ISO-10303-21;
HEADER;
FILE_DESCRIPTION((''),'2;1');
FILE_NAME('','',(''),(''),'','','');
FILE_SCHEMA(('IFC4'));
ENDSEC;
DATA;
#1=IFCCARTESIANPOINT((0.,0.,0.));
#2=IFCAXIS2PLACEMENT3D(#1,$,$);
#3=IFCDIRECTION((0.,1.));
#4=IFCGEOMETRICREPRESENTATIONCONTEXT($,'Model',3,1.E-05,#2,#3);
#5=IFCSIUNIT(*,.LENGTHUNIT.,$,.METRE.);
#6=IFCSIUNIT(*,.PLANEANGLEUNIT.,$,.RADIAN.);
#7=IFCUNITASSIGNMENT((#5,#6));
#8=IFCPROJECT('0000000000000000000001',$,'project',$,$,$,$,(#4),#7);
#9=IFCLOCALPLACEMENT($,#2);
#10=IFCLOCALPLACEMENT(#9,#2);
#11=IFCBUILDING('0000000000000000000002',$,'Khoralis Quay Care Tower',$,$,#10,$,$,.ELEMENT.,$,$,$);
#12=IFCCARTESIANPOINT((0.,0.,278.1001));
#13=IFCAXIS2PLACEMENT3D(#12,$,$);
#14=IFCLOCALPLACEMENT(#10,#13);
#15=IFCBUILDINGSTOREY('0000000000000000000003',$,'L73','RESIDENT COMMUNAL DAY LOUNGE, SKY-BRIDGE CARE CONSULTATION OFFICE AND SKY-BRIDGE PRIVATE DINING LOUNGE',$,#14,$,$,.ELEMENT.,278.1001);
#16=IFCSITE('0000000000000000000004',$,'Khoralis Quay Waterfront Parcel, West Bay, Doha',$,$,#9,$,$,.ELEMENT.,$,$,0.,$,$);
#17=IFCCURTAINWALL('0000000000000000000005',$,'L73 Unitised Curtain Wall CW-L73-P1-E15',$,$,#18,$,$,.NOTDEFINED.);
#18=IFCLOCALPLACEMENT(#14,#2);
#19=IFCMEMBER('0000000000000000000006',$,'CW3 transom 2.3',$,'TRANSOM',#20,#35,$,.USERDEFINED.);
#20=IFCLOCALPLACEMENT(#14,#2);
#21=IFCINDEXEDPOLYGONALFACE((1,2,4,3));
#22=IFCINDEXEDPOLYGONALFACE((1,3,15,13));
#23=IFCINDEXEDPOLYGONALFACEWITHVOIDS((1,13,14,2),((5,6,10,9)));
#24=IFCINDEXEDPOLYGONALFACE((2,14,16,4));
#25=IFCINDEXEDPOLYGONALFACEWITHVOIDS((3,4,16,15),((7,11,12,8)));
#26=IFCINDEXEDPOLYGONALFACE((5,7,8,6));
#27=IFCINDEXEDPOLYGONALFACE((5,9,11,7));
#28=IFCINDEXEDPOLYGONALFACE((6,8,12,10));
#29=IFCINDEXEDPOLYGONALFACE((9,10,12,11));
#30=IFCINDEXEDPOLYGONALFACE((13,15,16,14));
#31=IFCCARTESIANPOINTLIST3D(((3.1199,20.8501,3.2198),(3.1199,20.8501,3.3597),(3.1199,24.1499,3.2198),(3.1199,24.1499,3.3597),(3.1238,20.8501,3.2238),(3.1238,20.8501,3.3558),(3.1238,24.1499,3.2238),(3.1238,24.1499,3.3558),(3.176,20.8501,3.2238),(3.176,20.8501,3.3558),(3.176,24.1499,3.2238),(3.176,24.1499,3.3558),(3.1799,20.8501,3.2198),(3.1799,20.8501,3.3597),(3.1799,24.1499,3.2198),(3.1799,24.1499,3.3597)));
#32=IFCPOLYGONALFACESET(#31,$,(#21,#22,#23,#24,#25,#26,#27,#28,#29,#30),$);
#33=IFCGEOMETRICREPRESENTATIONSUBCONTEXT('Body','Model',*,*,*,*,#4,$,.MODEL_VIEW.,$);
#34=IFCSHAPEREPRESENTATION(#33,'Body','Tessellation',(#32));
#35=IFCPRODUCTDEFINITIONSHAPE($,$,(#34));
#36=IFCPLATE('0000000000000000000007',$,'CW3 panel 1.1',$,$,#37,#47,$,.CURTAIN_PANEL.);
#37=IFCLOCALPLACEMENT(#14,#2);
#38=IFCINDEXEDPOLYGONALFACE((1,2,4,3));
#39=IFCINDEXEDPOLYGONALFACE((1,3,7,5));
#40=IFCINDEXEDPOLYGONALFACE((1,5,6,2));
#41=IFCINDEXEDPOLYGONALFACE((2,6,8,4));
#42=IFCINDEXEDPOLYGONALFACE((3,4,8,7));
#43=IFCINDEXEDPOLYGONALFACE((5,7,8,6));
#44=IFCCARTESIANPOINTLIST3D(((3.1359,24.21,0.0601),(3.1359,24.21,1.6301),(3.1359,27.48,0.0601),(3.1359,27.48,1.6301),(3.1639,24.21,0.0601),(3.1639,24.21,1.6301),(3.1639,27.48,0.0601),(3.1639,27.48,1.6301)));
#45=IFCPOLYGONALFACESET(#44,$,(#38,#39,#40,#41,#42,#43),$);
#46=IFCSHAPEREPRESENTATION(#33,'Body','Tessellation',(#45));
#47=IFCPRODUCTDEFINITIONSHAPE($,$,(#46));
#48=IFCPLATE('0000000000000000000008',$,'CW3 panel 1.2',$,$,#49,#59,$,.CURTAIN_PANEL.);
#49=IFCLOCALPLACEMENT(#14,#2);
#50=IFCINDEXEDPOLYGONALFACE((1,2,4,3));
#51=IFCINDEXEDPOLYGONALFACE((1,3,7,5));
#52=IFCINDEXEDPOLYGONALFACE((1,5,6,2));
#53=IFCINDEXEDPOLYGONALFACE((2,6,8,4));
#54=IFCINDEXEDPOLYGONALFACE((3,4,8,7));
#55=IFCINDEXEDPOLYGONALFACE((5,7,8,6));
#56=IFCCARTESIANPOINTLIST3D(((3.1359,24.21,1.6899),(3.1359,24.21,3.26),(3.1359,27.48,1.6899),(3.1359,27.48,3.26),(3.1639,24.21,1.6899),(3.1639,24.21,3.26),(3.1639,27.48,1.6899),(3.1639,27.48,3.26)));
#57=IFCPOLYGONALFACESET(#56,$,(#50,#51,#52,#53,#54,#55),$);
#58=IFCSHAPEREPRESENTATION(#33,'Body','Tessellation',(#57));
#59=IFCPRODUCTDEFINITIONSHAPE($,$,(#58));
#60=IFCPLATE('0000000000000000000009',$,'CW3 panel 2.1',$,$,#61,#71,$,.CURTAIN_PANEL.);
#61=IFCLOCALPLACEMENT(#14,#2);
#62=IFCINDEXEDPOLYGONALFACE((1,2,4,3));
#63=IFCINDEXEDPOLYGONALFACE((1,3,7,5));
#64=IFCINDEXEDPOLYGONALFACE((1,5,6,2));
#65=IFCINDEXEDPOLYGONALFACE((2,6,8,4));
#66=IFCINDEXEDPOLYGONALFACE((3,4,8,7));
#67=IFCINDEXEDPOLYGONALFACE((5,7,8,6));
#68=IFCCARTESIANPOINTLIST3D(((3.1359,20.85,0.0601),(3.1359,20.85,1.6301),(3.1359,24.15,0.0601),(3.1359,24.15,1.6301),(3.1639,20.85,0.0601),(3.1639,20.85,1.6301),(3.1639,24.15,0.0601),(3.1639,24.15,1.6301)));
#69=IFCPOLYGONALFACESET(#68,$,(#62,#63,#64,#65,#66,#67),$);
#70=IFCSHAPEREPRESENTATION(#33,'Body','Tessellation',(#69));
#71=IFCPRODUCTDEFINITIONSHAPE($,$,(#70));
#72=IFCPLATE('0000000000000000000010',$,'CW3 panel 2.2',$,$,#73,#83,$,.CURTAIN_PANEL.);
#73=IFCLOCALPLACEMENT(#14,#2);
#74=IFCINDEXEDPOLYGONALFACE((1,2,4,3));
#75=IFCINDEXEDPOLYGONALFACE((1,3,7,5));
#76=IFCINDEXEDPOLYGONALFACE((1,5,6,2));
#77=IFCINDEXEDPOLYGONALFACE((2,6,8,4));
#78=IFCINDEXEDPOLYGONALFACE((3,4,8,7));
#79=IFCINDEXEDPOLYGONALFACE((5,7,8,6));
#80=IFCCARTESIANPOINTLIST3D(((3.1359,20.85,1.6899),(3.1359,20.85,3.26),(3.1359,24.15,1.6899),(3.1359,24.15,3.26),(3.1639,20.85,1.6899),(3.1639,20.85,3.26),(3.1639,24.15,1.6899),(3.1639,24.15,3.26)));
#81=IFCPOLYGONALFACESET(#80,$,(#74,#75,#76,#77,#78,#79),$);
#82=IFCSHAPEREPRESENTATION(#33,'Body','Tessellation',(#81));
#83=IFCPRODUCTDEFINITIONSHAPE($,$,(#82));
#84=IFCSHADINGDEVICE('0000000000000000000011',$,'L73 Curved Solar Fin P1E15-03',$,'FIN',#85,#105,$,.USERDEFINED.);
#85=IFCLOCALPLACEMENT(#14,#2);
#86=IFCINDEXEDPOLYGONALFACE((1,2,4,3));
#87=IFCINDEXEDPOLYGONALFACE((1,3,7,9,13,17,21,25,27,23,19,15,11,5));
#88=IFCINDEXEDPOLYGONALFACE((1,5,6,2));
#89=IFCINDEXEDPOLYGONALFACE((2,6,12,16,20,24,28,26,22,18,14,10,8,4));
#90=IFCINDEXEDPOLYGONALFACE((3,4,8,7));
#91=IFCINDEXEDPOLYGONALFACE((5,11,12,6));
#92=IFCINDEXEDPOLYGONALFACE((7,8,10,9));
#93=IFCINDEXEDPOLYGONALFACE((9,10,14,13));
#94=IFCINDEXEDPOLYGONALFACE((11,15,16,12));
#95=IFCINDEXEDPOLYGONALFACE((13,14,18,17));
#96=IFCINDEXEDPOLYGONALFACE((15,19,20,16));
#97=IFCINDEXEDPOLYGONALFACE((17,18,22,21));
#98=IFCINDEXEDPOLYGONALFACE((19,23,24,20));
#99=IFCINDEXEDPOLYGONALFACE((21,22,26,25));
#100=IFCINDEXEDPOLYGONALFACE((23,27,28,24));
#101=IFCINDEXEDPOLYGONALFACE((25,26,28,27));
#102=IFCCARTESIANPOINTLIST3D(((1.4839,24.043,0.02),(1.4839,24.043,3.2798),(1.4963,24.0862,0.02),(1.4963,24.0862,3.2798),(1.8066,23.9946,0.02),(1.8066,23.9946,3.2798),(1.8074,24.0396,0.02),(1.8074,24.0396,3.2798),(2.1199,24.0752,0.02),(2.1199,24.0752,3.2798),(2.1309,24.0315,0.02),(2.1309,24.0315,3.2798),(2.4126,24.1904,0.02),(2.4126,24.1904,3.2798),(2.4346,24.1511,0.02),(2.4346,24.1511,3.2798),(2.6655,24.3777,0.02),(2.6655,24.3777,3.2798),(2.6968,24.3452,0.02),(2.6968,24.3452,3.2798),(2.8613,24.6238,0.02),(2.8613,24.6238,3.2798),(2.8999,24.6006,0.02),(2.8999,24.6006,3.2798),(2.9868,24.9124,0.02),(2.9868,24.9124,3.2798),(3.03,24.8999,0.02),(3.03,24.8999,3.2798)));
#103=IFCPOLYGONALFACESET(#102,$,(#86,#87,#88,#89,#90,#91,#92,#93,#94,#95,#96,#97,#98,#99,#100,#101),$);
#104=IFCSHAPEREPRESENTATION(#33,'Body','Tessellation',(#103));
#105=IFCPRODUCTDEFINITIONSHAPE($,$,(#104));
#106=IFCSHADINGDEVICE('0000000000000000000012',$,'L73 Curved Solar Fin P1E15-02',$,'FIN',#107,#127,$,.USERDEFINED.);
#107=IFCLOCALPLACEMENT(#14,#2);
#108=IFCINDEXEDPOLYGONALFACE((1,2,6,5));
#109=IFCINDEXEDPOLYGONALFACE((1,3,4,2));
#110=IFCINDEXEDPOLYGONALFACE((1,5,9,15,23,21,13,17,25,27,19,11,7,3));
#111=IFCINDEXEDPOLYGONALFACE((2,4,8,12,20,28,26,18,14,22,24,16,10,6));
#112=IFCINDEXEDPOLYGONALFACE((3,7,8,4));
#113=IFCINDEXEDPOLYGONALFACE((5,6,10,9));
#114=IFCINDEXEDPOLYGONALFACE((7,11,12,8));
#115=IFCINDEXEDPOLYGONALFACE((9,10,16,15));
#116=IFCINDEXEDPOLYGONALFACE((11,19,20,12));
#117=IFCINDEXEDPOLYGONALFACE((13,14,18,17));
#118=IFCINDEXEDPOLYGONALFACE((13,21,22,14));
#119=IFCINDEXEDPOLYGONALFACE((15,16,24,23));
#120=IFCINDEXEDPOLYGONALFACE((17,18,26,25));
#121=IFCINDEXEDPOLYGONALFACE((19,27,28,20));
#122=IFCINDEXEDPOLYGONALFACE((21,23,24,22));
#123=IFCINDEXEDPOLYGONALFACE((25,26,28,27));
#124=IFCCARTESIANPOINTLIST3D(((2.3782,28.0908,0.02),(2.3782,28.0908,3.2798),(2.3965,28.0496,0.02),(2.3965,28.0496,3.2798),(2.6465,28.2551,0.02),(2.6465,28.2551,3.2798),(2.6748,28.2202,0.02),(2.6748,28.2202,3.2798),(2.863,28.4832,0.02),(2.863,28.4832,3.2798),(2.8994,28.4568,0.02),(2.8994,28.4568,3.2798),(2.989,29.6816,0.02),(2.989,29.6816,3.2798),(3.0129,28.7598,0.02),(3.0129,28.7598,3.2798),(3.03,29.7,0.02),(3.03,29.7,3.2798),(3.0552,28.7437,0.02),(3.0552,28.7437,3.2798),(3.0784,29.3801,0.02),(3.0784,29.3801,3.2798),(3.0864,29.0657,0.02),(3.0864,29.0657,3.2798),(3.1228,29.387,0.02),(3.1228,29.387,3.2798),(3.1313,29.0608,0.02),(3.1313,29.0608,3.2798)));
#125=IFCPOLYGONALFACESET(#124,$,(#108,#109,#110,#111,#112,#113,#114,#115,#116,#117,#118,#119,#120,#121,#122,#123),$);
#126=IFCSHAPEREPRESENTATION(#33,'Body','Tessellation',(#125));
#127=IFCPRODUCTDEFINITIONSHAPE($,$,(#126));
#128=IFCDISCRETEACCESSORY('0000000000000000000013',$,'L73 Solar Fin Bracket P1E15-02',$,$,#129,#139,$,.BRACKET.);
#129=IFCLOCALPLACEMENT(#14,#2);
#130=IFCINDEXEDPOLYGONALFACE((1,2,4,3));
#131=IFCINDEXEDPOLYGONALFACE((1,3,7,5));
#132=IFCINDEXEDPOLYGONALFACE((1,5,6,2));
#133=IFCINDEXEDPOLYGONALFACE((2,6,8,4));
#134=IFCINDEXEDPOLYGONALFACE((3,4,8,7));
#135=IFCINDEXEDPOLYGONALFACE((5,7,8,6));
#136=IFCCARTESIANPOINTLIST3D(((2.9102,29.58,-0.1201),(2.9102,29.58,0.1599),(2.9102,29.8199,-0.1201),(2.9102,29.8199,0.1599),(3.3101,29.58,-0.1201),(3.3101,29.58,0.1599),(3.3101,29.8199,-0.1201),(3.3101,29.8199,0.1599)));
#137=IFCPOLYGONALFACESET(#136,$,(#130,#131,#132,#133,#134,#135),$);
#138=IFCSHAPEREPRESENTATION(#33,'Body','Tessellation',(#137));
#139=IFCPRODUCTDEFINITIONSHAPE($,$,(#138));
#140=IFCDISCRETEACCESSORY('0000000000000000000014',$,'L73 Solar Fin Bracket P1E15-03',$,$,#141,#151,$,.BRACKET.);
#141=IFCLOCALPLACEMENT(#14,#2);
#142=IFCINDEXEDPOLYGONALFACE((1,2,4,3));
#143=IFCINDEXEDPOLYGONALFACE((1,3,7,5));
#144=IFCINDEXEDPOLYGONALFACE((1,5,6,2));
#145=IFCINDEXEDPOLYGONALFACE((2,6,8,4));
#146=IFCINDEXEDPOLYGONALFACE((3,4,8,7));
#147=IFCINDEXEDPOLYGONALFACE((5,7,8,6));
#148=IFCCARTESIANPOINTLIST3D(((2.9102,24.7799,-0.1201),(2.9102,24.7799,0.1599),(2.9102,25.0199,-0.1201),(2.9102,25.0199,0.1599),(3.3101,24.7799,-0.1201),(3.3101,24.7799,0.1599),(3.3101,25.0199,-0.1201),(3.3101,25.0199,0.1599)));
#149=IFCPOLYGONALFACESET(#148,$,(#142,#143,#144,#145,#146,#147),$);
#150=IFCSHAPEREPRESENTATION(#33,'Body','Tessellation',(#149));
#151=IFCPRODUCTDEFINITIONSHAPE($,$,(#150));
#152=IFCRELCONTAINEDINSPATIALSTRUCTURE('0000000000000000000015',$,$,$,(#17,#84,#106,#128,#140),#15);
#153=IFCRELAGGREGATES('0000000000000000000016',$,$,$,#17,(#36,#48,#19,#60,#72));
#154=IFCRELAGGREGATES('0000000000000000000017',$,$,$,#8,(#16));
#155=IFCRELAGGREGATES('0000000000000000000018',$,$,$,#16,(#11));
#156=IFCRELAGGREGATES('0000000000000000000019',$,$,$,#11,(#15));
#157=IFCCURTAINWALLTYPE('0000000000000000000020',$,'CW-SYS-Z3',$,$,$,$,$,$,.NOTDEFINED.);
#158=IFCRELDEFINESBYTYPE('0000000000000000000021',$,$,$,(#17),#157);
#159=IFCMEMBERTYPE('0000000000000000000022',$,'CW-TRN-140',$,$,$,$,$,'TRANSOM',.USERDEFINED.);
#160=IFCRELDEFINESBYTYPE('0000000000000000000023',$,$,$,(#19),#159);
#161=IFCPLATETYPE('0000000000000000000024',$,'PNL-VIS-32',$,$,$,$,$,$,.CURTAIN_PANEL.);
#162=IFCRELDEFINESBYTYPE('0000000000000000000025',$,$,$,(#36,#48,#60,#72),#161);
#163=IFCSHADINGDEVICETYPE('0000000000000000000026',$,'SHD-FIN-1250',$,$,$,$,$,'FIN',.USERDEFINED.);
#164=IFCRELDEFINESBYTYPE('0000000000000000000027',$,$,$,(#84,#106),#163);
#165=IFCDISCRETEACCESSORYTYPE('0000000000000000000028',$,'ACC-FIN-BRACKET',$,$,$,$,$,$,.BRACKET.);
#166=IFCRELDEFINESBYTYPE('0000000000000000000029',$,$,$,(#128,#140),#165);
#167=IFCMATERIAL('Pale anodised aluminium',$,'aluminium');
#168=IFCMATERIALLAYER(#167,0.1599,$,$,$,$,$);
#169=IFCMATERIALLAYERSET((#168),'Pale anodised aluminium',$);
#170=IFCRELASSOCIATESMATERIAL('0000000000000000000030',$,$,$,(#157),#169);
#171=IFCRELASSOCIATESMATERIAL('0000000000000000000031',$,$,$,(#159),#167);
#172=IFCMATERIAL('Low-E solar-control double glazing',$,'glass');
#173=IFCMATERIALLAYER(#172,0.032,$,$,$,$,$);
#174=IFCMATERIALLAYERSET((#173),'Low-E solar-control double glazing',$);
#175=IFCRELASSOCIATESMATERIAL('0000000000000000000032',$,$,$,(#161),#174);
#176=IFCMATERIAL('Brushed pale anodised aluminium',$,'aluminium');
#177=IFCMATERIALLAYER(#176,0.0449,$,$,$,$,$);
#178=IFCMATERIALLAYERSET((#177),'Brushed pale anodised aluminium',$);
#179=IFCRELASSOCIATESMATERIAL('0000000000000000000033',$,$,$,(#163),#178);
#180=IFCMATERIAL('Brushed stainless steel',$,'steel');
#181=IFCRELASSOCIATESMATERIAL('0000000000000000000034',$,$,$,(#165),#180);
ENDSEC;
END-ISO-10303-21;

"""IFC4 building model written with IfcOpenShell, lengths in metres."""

from ifc_helpers import new_model, si_unit, direction, frame, origin, origin_2d, place, context, subcontext, project, spatial, polyline, rectangle, hollow_rectangle, outline, extrude, source, transform, mapped, material, layer, layer_set, material_profile, profile_set, type_object, element, aggregate, save


model = new_model("IFC4")

# Units and contexts
model_context = context("Model", 3, precision=1e-05, world=origin(), true_north=direction((0.0, 1.0)))
body_context = subcontext(model_context, "Body", "Model", "MODEL_VIEW")
ifc_project = project(units=[si_unit("LENGTHUNIT", "METRE"), si_unit("PLANEANGLEUNIT", "RADIAN")], contexts=[model_context])

# Site, building, storey
site_placement = place(None, origin())
site = spatial("IfcSite", under=ifc_project, at=site_placement, Name="Khoralis Quay Waterfront Parcel, West Bay, Doha", CompositionType="ELEMENT", RefElevation=0.0)
building_placement = place(site_placement, origin())
building = spatial("IfcBuilding", under=site, at=building_placement, Name="Khoralis Quay Care Tower", CompositionType="ELEMENT")
storey_placement = place(building_placement, frame((0.0, 0.0, 278.1001)))
storey = spatial("IfcBuildingStorey", under=building, at=storey_placement, Name="L73", Description="RESIDENT COMMUNAL DAY LOUNGE, SKY-BRIDGE CARE CONSULTATION OFFICE AND SKY-BRIDGE PRIVATE DINING LOUNGE", CompositionType="ELEMENT", Elevation=278.1001)

# Curtain wall, member, plates
ifc_material_1 = material(Name="Pale anodised aluminium", Category="aluminium")
ifc_layer_1 = layer(ifc_material_1, 0.1599)
ifc_layer_set_1 = layer_set([ifc_layer_1], Name="Pale anodised aluminium")
curtain_wall_type = type_object("IfcCurtainWallType", Name="CW-SYS-Z3", PredefinedType="NOTDEFINED", material=ifc_layer_set_1)
curtain_wall_placement = place(storey_placement, origin())
curtain_wall = element("IfcCurtainWall", 1, at=curtain_wall_placement, inside=storey, type_object=curtain_wall_type, Name="L73 Unitised Curtain Wall CW-L73-P1-E15", PredefinedType="NOTDEFINED")
ifc_material_profile_1 = material_profile(ifc_material_1, hollow_rectangle(XDim=0.0601, YDim=0.1399, WallThickness=0.0039, at=origin_2d()), Name="Pale anodised aluminium")
ifc_profile_set_1 = profile_set([ifc_material_profile_1], Name="Pale anodised aluminium")
member_type_1 = type_object("IfcMemberType", Name="CW-TRN-140", ElementType="TRANSOM", PredefinedType="USERDEFINED", material=ifc_profile_set_1)
shared_shape_1 = source(origin(), body_context, "Body", "SweptSolid", [
    extrude(hollow_rectangle(XDim=0.0601, YDim=0.1399, WallThickness=0.0039, at=origin_2d()), origin(), (0.0, 0.0, 1.0), 3.2998),
])
member_1_placement = place(storey_placement, frame((3.1499, 24.1499, 3.2898), z_axis=(0.0, -1.0, 0.0), x_axis=(1.0, 0.0, 0.0)))
member_1 = element("IfcMember", 2, at=member_1_placement, type_object=member_type_1, Name="CW3 transom 2.3", ObjectType="TRANSOM", PredefinedType="USERDEFINED", context=body_context, shape_type="MappedRepresentation", body=[
    mapped(shared_shape_1, transform((0.0, 0.0, 0.0), scale=1.0)),
])
ifc_material_2 = material(Name="Low-E solar-control double glazing", Category="glass")
ifc_layer_2 = layer(ifc_material_2, 0.032)
ifc_layer_set_2 = layer_set([ifc_layer_2], Name="Low-E solar-control double glazing")
plate_type = type_object("IfcPlateType", Name="PNL-VIS-32", PredefinedType="CURTAIN_PANEL", material=ifc_layer_set_2)
shared_shape_2 = source(origin(), body_context, "Body", "SweptSolid", [
    extrude(rectangle(XDim=3.27, YDim=0.0281, at=origin_2d()), origin(), (0.0, 0.0, 1.0), 1.5701),
])
plate_1_placement = place(storey_placement, frame((3.1499, 25.845, 0.0601), z_axis=(0.0, 0.0, 1.0), x_axis=(0.0, -1.0, 0.0)))
plate_1 = element("IfcPlate", 3, at=plate_1_placement, type_object=plate_type, Name="CW3 panel 1.1", PredefinedType="CURTAIN_PANEL", context=body_context, shape_type="MappedRepresentation", body=[
    mapped(shared_shape_2, transform((0.0, 0.0, 0.0), scale=1.0)),
])
plate_2_placement = place(storey_placement, frame((3.1499, 25.845, 1.6899), z_axis=(0.0, 0.0, 1.0), x_axis=(0.0, -1.0, 0.0)))
plate_2 = element("IfcPlate", 4, at=plate_2_placement, type_object=plate_type, Name="CW3 panel 1.2", PredefinedType="CURTAIN_PANEL", context=body_context, shape_type="MappedRepresentation", body=[
    mapped(shared_shape_2, transform((0.0, 0.0, 0.0), scale=1.0)),
])
shared_shape_3 = source(origin(), body_context, "Body", "SweptSolid", [
    extrude(rectangle(XDim=3.3, YDim=0.0281, at=origin_2d()), origin(), (0.0, 0.0, 1.0), 1.5701),
])
plate_3_placement = place(storey_placement, frame((3.1499, 22.5, 0.0601), z_axis=(0.0, 0.0, 1.0), x_axis=(0.0, -1.0, 0.0)))
plate_3 = element("IfcPlate", 5, at=plate_3_placement, type_object=plate_type, Name="CW3 panel 2.1", PredefinedType="CURTAIN_PANEL", context=body_context, shape_type="MappedRepresentation", body=[
    mapped(shared_shape_3, transform((0.0, 0.0, 0.0), scale=1.0)),
])
plate_4_placement = place(storey_placement, frame((3.1499, 22.5, 1.6899), z_axis=(0.0, 0.0, 1.0), x_axis=(0.0, -1.0, 0.0)))
plate_4 = element("IfcPlate", 6, at=plate_4_placement, type_object=plate_type, Name="CW3 panel 2.2", PredefinedType="CURTAIN_PANEL", context=body_context, shape_type="MappedRepresentation", body=[
    mapped(shared_shape_3, transform((0.0, 0.0, 0.0), scale=1.0)),
])
aggregate(curtain_wall, [plate_1, plate_2, member_1, plate_3, plate_4])

# Shading devices
ifc_material_3 = material(Name="Brushed pale anodised aluminium", Category="aluminium")
ifc_layer_3 = layer(ifc_material_3, 0.0449)
ifc_layer_set_3 = layer_set([ifc_layer_3], Name="Brushed pale anodised aluminium")
shading_device_type = type_object("IfcShadingDeviceType", Name="SHD-FIN-1250", ElementType="FIN", PredefinedType="USERDEFINED", material=ifc_layer_set_3)
shared_shape_4 = source(origin(), body_context, "Body", "SweptSolid", [
    extrude(outline(polyline([(0.0, 0.0), (0.1301, 0.2993), (0.3333, 0.5547), (0.5955, 0.7488), (0.8992, 0.8684), (1.2234, 0.9053), (1.5461, 0.8569), (1.5337, 0.8137), (1.2227, 0.8604), (0.9102, 0.8247), (0.6174, 0.7095), (0.3645, 0.5222), (0.1687, 0.2761), (0.0432, -0.0125), (0.0, 0.0)])), origin(), (0.0, 0.0, 1.0), 3.2598),
])
shading_device_1_placement = place(storey_placement, frame((3.03, 24.8999, 0.02), z_axis=(0.0, 0.0, 1.0), x_axis=(-1.0, 0.0, 0.0)))
element("IfcShadingDevice", 7, at=shading_device_1_placement, inside=storey, type_object=shading_device_type, Name="L73 Curved Solar Fin P1E15-03", ObjectType="FIN", PredefinedType="USERDEFINED", context=body_context, shape_type="MappedRepresentation", body=[
    mapped(shared_shape_4, transform((0.0, 0.0, 0.0), scale=1.0)),
])
shared_shape_5 = source(origin(), body_context, "Body", "SweptSolid", [
    extrude(outline(polyline([(0.0, 0.0), (-0.0928, 0.313), (-0.1013, 0.6392), (-0.0251, 0.9563), (0.1306, 1.2432), (0.3552, 1.4797), (0.6335, 1.6504), (0.6519, 1.6091), (0.3835, 1.4448), (0.167, 1.2168), (0.0171, 0.9402), (-0.0564, 0.6343), (-0.0483, 0.3198), (0.041, 0.0183), (0.0, 0.0)])), origin(), (0.0, 0.0, 1.0), 3.2598),
])
shading_device_2_placement = place(storey_placement, frame((3.03, 29.7, 0.02), z_axis=(0.0, 0.0, 1.0), x_axis=(-1.0, 0.0, 0.0)))
element("IfcShadingDevice", 8, at=shading_device_2_placement, inside=storey, type_object=shading_device_type, Name="L73 Curved Solar Fin P1E15-02", ObjectType="FIN", PredefinedType="USERDEFINED", context=body_context, shape_type="MappedRepresentation", body=[
    mapped(shared_shape_5, transform((0.0, 0.0, 0.0), scale=1.0)),
])

# Discrete accessories
ifc_material_4 = material(Name="Brushed stainless steel", Category="steel")
discrete_accessory_type = type_object("IfcDiscreteAccessoryType", Name="ACC-FIN-BRACKET", PredefinedType="BRACKET", material=ifc_material_4)
shared_shape_6 = source(origin(), body_context, "Body", "SweptSolid", [
    extrude(rectangle(XDim=0.3999, YDim=0.24, at=origin_2d()), origin(), (0.0, 0.0, 1.0), 0.28),
])
for number, where, z_axis, x_axis, name in (
    (9, (3.1101, 29.7, -0.1201), (0.0, 0.0, 1.0), (-1.0, 0.0, 0.0), "L73 Solar Fin Bracket P1E15-02"),
    (10, (3.1101, 24.8999, -0.1201), (0.0, 0.0, 1.0), (-1.0, 0.0, 0.0), "L73 Solar Fin Bracket P1E15-03"),
):
    element("IfcDiscreteAccessory", number, at=place(storey_placement, frame(where, z_axis=z_axis, x_axis=x_axis)), inside=storey, type_object=discrete_accessory_type, Name=name, PredefinedType="BRACKET", context=body_context, shape_type="MappedRepresentation", body=[
        mapped(shared_shape_6, transform((0.0, 0.0, 0.0), scale=1.0)),
    ])

save(model, "model.ifc")
